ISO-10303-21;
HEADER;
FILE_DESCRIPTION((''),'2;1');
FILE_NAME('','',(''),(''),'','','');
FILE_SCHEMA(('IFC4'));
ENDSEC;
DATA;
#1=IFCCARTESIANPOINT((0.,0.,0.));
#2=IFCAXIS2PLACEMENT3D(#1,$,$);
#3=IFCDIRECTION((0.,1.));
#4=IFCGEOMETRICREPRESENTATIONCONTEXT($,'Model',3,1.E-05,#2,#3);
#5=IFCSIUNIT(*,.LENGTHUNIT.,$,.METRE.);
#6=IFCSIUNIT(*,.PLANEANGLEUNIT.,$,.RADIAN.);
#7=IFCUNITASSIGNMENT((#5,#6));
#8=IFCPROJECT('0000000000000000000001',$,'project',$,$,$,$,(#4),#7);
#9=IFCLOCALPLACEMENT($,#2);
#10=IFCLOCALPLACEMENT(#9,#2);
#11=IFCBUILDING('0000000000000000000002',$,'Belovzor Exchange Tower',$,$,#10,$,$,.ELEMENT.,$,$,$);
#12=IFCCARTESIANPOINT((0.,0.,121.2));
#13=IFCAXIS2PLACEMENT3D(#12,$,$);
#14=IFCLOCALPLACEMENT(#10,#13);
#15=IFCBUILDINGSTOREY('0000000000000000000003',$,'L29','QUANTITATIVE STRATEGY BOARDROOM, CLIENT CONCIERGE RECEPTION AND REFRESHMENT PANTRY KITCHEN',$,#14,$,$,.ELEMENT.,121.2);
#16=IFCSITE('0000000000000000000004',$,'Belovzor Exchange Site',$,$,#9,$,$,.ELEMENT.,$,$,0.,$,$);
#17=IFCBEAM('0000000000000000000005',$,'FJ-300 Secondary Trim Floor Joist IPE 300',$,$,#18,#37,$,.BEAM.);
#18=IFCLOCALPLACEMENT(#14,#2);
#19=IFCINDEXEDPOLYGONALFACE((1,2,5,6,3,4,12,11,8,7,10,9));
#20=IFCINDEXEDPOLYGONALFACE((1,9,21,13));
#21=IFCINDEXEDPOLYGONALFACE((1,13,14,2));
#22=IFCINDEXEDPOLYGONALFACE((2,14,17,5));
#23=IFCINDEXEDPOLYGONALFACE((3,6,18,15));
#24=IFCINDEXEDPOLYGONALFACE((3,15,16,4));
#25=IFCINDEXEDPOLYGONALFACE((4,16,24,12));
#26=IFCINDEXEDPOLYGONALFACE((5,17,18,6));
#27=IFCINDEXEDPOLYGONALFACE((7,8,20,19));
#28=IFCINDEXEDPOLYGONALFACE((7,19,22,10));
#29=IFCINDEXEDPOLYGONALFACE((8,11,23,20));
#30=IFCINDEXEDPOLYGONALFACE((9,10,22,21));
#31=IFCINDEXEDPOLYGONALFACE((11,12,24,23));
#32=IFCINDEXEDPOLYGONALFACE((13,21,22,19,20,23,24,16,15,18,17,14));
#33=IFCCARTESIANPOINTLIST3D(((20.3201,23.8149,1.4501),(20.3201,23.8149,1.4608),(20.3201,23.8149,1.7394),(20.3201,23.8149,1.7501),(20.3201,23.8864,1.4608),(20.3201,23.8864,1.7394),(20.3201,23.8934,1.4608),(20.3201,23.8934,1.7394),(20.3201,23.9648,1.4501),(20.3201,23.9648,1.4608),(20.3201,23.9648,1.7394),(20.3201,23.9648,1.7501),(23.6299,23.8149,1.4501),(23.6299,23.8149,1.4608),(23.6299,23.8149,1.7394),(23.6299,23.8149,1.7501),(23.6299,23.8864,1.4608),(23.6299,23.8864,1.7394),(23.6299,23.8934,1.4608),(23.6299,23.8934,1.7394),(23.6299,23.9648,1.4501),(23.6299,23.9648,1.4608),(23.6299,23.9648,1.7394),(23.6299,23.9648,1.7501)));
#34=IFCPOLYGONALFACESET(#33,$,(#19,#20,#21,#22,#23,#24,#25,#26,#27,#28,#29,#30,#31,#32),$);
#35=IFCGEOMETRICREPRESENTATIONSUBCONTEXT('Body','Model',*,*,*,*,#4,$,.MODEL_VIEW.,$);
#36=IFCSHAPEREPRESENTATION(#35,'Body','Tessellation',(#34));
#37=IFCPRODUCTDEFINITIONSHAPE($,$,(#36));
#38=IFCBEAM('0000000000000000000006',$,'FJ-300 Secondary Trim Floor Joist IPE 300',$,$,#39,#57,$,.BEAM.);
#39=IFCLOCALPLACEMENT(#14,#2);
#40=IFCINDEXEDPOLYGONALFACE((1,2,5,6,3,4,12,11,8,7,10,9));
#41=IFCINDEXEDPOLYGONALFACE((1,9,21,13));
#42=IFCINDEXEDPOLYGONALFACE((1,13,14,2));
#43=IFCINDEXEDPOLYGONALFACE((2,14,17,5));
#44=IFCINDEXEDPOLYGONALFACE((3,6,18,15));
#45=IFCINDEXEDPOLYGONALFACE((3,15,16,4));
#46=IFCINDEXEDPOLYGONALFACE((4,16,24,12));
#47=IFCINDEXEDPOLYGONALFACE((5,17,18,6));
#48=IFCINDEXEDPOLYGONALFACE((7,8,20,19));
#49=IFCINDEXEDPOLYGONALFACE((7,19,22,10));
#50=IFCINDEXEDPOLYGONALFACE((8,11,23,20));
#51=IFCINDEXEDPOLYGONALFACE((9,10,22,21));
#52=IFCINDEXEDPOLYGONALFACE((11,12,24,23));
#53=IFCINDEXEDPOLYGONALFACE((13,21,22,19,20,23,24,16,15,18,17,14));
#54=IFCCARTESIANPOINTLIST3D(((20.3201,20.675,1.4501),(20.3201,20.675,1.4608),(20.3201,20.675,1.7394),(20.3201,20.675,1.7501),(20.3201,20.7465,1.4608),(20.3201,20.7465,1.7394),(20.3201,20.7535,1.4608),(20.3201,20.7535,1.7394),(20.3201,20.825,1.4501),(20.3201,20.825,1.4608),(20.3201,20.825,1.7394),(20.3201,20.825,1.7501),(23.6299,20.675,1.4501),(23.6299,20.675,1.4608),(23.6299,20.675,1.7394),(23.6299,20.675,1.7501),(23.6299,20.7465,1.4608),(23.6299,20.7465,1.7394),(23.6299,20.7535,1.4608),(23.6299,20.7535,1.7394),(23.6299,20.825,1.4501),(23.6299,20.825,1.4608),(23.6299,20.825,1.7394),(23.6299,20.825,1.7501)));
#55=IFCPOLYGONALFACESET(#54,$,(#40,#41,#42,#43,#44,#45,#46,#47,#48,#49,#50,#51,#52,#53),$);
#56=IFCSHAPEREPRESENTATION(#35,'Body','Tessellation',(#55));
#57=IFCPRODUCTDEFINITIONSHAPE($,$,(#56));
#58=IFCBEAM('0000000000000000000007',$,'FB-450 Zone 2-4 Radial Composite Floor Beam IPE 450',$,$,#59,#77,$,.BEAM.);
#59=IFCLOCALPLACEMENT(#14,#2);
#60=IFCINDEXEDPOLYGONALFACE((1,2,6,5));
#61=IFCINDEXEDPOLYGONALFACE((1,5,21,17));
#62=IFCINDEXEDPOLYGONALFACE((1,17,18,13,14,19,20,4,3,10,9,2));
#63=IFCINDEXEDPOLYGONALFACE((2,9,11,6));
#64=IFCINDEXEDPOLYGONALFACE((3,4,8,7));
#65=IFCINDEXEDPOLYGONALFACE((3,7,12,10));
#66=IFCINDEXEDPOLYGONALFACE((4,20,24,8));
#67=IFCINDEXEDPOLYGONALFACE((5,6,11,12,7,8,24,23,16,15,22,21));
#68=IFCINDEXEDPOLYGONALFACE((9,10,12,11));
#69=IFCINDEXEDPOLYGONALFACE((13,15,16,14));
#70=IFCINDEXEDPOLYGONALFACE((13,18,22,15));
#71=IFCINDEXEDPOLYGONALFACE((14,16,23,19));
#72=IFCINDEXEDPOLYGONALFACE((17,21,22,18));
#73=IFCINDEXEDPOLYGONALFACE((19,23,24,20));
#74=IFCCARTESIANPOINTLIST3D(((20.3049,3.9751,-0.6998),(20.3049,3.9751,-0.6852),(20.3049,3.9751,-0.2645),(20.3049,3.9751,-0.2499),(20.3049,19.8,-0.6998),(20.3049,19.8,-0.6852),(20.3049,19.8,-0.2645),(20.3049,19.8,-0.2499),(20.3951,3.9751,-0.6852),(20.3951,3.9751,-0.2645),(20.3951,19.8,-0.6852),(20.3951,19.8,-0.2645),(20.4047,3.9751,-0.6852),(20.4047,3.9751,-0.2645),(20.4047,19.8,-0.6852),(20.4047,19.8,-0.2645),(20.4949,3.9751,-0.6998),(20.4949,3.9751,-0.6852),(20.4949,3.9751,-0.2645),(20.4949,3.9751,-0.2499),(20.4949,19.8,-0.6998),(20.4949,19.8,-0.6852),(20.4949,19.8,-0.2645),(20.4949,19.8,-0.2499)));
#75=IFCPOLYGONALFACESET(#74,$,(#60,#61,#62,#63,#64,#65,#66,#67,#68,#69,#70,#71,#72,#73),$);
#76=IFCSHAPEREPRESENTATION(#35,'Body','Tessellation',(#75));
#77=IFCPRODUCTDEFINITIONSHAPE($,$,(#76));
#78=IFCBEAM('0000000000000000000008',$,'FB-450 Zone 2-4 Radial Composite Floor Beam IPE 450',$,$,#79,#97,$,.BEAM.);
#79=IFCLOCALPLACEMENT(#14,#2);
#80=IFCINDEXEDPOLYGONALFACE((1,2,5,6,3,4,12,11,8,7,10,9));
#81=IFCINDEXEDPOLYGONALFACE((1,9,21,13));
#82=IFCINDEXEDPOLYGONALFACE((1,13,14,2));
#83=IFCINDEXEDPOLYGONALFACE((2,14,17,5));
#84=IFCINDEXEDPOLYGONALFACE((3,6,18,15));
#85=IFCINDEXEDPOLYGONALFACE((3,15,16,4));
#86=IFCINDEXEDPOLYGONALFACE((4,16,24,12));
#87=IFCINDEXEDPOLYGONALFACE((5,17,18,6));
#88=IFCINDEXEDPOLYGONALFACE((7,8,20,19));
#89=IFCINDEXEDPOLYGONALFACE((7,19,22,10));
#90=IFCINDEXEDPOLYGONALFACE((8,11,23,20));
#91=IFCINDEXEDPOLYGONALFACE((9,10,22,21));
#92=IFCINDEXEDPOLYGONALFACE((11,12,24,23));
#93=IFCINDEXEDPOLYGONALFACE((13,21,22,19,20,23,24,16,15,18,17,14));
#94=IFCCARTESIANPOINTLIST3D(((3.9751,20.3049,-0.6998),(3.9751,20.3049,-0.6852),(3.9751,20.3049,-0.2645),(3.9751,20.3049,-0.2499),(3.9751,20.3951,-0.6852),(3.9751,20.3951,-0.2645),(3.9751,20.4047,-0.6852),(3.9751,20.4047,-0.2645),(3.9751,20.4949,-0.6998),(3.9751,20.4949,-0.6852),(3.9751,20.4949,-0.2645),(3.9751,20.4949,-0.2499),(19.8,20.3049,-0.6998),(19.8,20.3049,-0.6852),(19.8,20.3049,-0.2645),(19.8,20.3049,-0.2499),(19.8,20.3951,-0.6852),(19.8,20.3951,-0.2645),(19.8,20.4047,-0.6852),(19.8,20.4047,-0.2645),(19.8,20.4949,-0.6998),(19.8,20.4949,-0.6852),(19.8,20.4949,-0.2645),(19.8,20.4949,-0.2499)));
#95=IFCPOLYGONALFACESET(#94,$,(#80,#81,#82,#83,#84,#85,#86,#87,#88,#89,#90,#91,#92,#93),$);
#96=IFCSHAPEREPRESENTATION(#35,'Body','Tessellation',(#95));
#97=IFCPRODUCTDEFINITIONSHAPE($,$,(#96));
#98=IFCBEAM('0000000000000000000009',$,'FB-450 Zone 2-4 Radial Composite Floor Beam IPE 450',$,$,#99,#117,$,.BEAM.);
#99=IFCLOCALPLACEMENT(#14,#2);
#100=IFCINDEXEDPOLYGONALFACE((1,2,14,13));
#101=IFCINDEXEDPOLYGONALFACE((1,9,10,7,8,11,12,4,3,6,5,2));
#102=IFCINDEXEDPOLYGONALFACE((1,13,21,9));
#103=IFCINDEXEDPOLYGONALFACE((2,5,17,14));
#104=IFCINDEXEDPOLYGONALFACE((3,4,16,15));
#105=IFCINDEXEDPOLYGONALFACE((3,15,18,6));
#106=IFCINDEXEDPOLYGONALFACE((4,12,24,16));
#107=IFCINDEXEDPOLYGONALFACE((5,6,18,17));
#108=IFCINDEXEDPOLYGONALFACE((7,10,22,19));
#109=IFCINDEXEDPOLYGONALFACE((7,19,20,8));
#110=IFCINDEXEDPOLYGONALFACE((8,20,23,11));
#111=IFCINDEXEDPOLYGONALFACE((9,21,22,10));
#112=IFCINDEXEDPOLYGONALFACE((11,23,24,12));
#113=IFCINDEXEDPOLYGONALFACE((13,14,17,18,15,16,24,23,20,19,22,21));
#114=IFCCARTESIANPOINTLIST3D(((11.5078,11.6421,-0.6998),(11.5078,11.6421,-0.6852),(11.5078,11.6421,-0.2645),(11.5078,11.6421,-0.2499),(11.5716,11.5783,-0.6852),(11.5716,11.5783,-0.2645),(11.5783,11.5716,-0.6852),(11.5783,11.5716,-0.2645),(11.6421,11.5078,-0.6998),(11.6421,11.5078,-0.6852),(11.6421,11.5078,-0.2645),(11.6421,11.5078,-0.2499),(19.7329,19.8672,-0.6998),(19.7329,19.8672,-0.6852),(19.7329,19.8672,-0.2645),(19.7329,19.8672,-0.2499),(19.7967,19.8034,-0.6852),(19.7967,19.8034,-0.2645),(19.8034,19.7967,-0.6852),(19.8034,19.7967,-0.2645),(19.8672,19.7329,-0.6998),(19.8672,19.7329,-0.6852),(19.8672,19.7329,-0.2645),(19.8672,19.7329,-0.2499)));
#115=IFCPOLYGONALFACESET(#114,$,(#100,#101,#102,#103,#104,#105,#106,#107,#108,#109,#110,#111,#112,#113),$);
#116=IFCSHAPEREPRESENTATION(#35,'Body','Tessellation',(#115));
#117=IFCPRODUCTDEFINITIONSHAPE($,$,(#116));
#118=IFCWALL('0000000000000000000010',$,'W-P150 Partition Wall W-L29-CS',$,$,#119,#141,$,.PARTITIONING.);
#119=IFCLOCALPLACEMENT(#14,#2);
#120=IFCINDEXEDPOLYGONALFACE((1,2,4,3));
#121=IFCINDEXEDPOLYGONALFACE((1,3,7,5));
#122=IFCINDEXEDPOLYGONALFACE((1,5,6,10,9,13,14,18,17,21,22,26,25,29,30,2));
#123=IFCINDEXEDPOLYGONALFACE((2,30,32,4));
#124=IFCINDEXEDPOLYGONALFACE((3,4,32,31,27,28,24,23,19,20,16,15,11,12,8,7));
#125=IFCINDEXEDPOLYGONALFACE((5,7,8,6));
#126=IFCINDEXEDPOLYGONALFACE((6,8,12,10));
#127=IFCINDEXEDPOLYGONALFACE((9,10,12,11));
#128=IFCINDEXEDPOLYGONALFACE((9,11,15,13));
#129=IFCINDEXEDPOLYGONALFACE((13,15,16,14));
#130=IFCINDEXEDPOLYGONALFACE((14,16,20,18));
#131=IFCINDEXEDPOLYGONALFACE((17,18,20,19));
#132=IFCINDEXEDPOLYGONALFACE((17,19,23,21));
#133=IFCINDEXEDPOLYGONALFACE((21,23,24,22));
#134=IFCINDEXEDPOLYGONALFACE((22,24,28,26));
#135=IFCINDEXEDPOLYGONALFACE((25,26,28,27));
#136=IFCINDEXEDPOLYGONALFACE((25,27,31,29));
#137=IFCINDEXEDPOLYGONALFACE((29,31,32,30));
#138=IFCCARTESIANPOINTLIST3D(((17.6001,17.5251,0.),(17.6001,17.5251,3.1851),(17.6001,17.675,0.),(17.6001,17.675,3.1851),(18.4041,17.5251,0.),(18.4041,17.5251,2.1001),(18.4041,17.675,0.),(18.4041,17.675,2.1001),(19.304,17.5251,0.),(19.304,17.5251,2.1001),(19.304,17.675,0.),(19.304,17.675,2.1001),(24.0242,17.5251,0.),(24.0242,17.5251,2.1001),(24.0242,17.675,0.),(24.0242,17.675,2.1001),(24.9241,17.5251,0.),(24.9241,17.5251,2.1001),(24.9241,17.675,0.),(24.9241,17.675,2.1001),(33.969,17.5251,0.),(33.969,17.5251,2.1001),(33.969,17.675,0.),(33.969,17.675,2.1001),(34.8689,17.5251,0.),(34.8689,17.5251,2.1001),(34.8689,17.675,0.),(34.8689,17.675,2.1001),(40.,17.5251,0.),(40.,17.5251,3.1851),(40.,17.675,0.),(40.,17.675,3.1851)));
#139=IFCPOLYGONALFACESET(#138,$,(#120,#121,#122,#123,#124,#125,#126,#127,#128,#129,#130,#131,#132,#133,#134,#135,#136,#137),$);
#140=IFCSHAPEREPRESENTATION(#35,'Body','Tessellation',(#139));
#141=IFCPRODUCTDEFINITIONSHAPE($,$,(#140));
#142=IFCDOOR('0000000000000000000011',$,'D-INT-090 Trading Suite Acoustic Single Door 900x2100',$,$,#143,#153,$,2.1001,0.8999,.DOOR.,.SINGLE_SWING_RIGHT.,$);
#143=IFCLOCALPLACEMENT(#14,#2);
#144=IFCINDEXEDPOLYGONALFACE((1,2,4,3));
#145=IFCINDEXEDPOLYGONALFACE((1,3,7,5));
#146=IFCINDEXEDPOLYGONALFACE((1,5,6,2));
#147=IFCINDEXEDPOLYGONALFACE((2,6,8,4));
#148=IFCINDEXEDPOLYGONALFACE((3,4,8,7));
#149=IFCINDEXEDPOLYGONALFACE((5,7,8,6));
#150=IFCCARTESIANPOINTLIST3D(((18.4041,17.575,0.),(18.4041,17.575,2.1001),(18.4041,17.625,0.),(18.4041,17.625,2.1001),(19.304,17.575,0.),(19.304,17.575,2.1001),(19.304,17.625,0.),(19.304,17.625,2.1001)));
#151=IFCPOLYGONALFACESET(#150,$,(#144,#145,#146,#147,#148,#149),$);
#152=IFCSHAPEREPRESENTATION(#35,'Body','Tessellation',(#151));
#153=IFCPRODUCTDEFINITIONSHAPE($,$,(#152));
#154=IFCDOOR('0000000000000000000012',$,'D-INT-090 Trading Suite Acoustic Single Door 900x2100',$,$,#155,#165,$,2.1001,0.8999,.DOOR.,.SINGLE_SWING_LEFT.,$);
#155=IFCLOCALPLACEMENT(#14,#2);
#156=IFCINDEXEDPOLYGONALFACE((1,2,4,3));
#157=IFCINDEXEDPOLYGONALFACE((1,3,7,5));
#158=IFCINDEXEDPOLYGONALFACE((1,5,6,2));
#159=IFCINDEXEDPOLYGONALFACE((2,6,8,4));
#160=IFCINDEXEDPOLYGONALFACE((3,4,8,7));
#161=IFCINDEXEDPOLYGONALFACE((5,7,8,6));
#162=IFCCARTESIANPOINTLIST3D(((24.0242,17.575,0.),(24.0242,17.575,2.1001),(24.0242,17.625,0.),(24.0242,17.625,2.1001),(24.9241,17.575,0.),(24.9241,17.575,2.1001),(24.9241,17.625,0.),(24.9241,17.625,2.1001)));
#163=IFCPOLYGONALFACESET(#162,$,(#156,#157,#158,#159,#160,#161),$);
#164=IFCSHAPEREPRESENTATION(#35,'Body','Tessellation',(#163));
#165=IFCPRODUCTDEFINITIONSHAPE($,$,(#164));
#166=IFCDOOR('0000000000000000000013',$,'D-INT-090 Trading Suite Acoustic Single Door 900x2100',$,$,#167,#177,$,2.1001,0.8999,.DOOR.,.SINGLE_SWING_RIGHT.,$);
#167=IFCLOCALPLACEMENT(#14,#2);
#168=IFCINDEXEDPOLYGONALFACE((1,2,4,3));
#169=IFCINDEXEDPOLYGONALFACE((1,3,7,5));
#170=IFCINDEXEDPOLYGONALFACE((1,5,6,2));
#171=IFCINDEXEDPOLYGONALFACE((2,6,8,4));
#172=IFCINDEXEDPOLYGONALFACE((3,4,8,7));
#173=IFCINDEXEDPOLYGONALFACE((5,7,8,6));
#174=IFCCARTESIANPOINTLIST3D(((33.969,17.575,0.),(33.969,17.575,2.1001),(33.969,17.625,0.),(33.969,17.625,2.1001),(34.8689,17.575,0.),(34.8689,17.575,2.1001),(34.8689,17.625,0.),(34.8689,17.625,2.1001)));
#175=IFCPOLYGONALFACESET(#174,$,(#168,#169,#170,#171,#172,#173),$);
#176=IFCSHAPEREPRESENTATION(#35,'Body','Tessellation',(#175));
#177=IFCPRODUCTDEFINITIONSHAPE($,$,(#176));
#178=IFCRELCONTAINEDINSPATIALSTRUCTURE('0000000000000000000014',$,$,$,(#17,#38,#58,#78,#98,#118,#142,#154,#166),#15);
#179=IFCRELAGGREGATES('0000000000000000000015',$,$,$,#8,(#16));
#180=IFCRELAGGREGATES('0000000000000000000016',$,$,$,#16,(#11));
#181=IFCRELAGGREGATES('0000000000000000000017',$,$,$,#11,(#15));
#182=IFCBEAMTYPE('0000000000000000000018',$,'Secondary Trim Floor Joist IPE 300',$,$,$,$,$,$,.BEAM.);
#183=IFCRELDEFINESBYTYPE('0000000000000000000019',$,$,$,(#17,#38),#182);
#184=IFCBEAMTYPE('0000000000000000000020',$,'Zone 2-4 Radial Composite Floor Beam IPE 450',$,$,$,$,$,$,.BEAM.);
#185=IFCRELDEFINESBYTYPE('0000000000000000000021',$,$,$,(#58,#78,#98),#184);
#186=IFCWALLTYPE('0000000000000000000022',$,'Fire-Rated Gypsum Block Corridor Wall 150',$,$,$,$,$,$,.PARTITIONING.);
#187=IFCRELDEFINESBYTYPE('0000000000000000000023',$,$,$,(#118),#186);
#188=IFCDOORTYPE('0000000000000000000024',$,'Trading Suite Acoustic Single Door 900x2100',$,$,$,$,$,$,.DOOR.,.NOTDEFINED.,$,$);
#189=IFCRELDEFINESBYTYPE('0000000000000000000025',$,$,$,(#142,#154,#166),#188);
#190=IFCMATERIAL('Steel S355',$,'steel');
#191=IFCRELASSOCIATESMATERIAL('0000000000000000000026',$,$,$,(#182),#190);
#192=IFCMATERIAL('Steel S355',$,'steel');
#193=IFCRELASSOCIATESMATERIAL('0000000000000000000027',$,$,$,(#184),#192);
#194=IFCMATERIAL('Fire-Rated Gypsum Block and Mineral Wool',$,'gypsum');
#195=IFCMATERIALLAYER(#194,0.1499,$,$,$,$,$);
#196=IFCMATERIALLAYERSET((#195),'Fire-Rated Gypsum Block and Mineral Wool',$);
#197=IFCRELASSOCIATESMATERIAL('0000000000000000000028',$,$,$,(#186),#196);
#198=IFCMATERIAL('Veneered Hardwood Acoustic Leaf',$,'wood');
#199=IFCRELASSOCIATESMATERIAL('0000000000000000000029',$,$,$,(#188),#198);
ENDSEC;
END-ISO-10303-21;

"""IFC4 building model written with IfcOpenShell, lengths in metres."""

from ifc_helpers import new_model, si_unit, direction, frame, frame_2d, origin, origin_2d, place, context, subcontext, project, spatial, rectangle, i_section, extrude, material, layer, layer_set, material_profile, profile_set, type_object, element, fill, save


model = new_model("IFC4")

# Units and contexts
model_context = context("Model", 3, precision=1e-05, world=origin(), true_north=direction((0.0, 1.0)))
body_context = subcontext(model_context, "Body", "Model", "MODEL_VIEW")
ifc_project = project(units=[si_unit("LENGTHUNIT", "METRE"), si_unit("PLANEANGLEUNIT", "RADIAN")], contexts=[model_context])

# Site, building, storey
site_placement = place(None, origin())
site = spatial("IfcSite", under=ifc_project, at=site_placement, Name="Belovzor Exchange Site", CompositionType="ELEMENT", RefElevation=0.0)
building_placement = place(site_placement, origin())
building = spatial("IfcBuilding", under=site, at=building_placement, Name="Belovzor Exchange Tower", CompositionType="ELEMENT")
storey_placement = place(building_placement, frame((0.0, 0.0, 121.2)))
storey = spatial("IfcBuildingStorey", under=building, at=storey_placement, Name="L29", Description="QUANTITATIVE STRATEGY BOARDROOM, CLIENT CONCIERGE RECEPTION AND REFRESHMENT PANTRY KITCHEN", CompositionType="ELEMENT", Elevation=121.2)

# Beams
ifc_material_1 = material(Name="Steel S355", Category="steel")
ifc_material_profile_1 = material_profile(ifc_material_1, i_section(OverallWidth=0.1499, OverallDepth=0.3, WebThickness=0.0071, FlangeThickness=0.0107, at=origin_2d()))
ifc_profile_set_1 = profile_set([ifc_material_profile_1], Name="Steel S355")
beam_type_1 = type_object("IfcBeamType", Name="Secondary Trim Floor Joist IPE 300", PredefinedType="BEAM", material=ifc_profile_set_1)
for number, where, z_axis, x_axis, name in (
    (1, (20.3201, 23.8899, 1.6001), (1.0, 0.0, 0.0), (0.0, 1.0, 0.0), "FJ-300 Secondary Trim Floor Joist IPE 300"),
    (2, (20.3201, 20.75, 1.6001), (1.0, 0.0, 0.0), (0.0, 1.0, 0.0), "FJ-300 Secondary Trim Floor Joist IPE 300"),
):
    element("IfcBeam", number, at=place(storey_placement, frame(where, z_axis=z_axis, x_axis=x_axis)), inside=storey, type_object=beam_type_1, Name=name, PredefinedType="BEAM", context=body_context, shape_type="SweptSolid", body=[
        extrude(i_section(OverallWidth=0.1499, OverallDepth=0.3, WebThickness=0.0071, FlangeThickness=0.0107, at=origin_2d()), origin(), (0.0, 0.0, 1.0), 3.3098),
    ])
ifc_material_2 = material(Name="Steel S355", Category="steel")
ifc_material_profile_2 = material_profile(ifc_material_2, i_section(OverallWidth=0.1899, OverallDepth=0.45, WebThickness=0.0095, FlangeThickness=0.0146, at=origin_2d()))
ifc_profile_set_2 = profile_set([ifc_material_profile_2], Name="Steel S355")
beam_type_2 = type_object("IfcBeamType", Name="Zone 2-4 Radial Composite Floor Beam IPE 450", PredefinedType="BEAM", material=ifc_profile_set_2)
for number, where, z_axis, x_axis, name in (
    (3, (20.3999, 19.8, -0.4749), (0.0, -1.0, 0.0), (1.0, 0.0, 0.0), "FB-450 Zone 2-4 Radial Composite Floor Beam IPE 450"),
    (4, (19.8, 20.3999, -0.4749), (-1.0, 0.0, 0.0), (0.0, -1.0, 0.0), "FB-450 Zone 2-4 Radial Composite Floor Beam IPE 450"),
):
    element("IfcBeam", number, at=place(storey_placement, frame(where, z_axis=z_axis, x_axis=x_axis)), inside=storey, type_object=beam_type_2, Name=name, PredefinedType="BEAM", context=body_context, shape_type="SweptSolid", body=[
        extrude(i_section(OverallWidth=0.1899, OverallDepth=0.45, WebThickness=0.0095, FlangeThickness=0.0146, at=origin_2d()), origin(), (0.0, 0.0, 1.0), 15.825),
    ])
beam_placement = place(storey_placement, frame((19.8, 19.8, -0.4749), z_axis=(-0.707107, -0.707107, 0.0), x_axis=(0.707107, -0.707107, 0.0)))
element("IfcBeam", 5, at=beam_placement, inside=storey, type_object=beam_type_2, Name="FB-450 Zone 2-4 Radial Composite Floor Beam IPE 450", PredefinedType="BEAM", context=body_context, shape_type="SweptSolid", body=[
    extrude(i_section(OverallWidth=0.1899, OverallDepth=0.45, WebThickness=0.0095, FlangeThickness=0.0146, at=origin_2d()), origin(), (0.0, 0.0, 1.0), 11.6321),
])

# Wall, openings, doors
ifc_material_3 = material(Name="Fire-Rated Gypsum Block and Mineral Wool", Category="gypsum")
ifc_layer_1 = layer(ifc_material_3, 0.1499)
ifc_layer_set_1 = layer_set([ifc_layer_1], Name="Fire-Rated Gypsum Block and Mineral Wool")
wall_type_1 = type_object("IfcWallType", Name="Fire-Rated Gypsum Block Corridor Wall 150", PredefinedType="PARTITIONING", material=ifc_layer_set_1)
wall_1_placement = place(storey_placement, frame((17.6001, 17.6001, 0.0), z_axis=(0.0, 0.0, 1.0), x_axis=(1.0, 0.0, 0.0)))
wall_1 = element("IfcWall", 6, at=wall_1_placement, inside=storey, type_object=wall_type_1, Name="W-P150 Partition Wall W-L29-CS", PredefinedType="PARTITIONING", context=body_context, shape_type="SweptSolid", body=[
    extrude(rectangle(XDim=22.3999, YDim=0.1499, at=frame_2d((11.2, 0.0))), origin(), (0.0, 0.0, 1.0), 3.1851),
])
opening_1_placement = place(wall_1_placement, frame((0.804, 0.0, 0.0)))
opening_1 = element("IfcOpeningElement", 7, at=opening_1_placement, cuts=wall_1, PredefinedType="OPENING", context=body_context, shape_type="SweptSolid", body=[
    extrude(rectangle(XDim=0.8999, YDim=2.1001, at=frame_2d((0.45, 1.05))), frame((0.0, 0.085, 0.0), z_axis=(0.0, -1.0, 0.0), x_axis=(1.0, 0.0, 0.0)), (0.0, 0.0, 1.0), 0.1699),
])
opening_2_placement = place(wall_1_placement, frame((6.4241, 0.0, 0.0)))
opening_2 = element("IfcOpeningElement", 8, at=opening_2_placement, cuts=wall_1, PredefinedType="OPENING", context=body_context, shape_type="SweptSolid", body=[
    extrude(rectangle(XDim=0.8999, YDim=2.1001, at=frame_2d((0.45, 1.05))), frame((0.0, 0.085, 0.0), z_axis=(0.0, -1.0, 0.0), x_axis=(1.0, 0.0, 0.0)), (0.0, 0.0, 1.0), 0.1699),
])
opening_3_placement = place(wall_1_placement, frame((16.3689, 0.0, 0.0)))
opening_3 = element("IfcOpeningElement", 9, at=opening_3_placement, cuts=wall_1, PredefinedType="OPENING", context=body_context, shape_type="SweptSolid", body=[
    extrude(rectangle(XDim=0.8999, YDim=2.1001, at=frame_2d((0.45, 1.05))), frame((0.0, 0.085, 0.0), z_axis=(0.0, -1.0, 0.0), x_axis=(1.0, 0.0, 0.0)), (0.0, 0.0, 1.0), 0.1699),
])
ifc_material_4 = material(Name="Veneered Hardwood Acoustic Leaf", Category="wood")
door_type_1 = type_object("IfcDoorType", Name="Trading Suite Acoustic Single Door 900x2100", OperationType="NOTDEFINED", PredefinedType="DOOR", material=ifc_material_4)
door_1_placement = place(opening_1_placement, origin())
door_1 = element("IfcDoor", 10, at=door_1_placement, inside=storey, type_object=door_type_1, Name="D-INT-090 Trading Suite Acoustic Single Door 900x2100", OperationType="SINGLE_SWING_RIGHT", OverallHeight=2.1001, OverallWidth=0.8999, PredefinedType="DOOR", context=body_context, shape_type="SweptSolid", body=[
    extrude(rectangle(XDim=0.8999, YDim=2.1001, at=frame_2d((0.45, 1.05))), frame((0.0, 0.0249, 0.0), z_axis=(0.0, -1.0, 0.0), x_axis=(1.0, 0.0, 0.0)), (0.0, 0.0, 1.0), 0.05),
])
fill(opening_1, door_1)
door_2_placement = place(opening_2_placement, origin())
door_2 = element("IfcDoor", 11, at=door_2_placement, inside=storey, type_object=door_type_1, Name="D-INT-090 Trading Suite Acoustic Single Door 900x2100", OperationType="SINGLE_SWING_LEFT", OverallHeight=2.1001, OverallWidth=0.8999, PredefinedType="DOOR", context=body_context, shape_type="SweptSolid", body=[
    extrude(rectangle(XDim=0.8999, YDim=2.1001, at=frame_2d((0.45, 1.05))), frame((0.0, 0.0249, 0.0), z_axis=(0.0, -1.0, 0.0), x_axis=(1.0, 0.0, 0.0)), (0.0, 0.0, 1.0), 0.05),
])
fill(opening_2, door_2)
door_3_placement = place(opening_3_placement, origin())
door_3 = element("IfcDoor", 12, at=door_3_placement, inside=storey, type_object=door_type_1, Name="D-INT-090 Trading Suite Acoustic Single Door 900x2100", OperationType="SINGLE_SWING_RIGHT", OverallHeight=2.1001, OverallWidth=0.8999, PredefinedType="DOOR", context=body_context, shape_type="SweptSolid", body=[
    extrude(rectangle(XDim=0.8999, YDim=2.1001, at=frame_2d((0.45, 1.05))), frame((0.0, 0.0249, 0.0), z_axis=(0.0, -1.0, 0.0), x_axis=(1.0, 0.0, 0.0)), (0.0, 0.0, 1.0), 0.05),
])
fill(opening_3, door_3)

save(model, "model.ifc")
